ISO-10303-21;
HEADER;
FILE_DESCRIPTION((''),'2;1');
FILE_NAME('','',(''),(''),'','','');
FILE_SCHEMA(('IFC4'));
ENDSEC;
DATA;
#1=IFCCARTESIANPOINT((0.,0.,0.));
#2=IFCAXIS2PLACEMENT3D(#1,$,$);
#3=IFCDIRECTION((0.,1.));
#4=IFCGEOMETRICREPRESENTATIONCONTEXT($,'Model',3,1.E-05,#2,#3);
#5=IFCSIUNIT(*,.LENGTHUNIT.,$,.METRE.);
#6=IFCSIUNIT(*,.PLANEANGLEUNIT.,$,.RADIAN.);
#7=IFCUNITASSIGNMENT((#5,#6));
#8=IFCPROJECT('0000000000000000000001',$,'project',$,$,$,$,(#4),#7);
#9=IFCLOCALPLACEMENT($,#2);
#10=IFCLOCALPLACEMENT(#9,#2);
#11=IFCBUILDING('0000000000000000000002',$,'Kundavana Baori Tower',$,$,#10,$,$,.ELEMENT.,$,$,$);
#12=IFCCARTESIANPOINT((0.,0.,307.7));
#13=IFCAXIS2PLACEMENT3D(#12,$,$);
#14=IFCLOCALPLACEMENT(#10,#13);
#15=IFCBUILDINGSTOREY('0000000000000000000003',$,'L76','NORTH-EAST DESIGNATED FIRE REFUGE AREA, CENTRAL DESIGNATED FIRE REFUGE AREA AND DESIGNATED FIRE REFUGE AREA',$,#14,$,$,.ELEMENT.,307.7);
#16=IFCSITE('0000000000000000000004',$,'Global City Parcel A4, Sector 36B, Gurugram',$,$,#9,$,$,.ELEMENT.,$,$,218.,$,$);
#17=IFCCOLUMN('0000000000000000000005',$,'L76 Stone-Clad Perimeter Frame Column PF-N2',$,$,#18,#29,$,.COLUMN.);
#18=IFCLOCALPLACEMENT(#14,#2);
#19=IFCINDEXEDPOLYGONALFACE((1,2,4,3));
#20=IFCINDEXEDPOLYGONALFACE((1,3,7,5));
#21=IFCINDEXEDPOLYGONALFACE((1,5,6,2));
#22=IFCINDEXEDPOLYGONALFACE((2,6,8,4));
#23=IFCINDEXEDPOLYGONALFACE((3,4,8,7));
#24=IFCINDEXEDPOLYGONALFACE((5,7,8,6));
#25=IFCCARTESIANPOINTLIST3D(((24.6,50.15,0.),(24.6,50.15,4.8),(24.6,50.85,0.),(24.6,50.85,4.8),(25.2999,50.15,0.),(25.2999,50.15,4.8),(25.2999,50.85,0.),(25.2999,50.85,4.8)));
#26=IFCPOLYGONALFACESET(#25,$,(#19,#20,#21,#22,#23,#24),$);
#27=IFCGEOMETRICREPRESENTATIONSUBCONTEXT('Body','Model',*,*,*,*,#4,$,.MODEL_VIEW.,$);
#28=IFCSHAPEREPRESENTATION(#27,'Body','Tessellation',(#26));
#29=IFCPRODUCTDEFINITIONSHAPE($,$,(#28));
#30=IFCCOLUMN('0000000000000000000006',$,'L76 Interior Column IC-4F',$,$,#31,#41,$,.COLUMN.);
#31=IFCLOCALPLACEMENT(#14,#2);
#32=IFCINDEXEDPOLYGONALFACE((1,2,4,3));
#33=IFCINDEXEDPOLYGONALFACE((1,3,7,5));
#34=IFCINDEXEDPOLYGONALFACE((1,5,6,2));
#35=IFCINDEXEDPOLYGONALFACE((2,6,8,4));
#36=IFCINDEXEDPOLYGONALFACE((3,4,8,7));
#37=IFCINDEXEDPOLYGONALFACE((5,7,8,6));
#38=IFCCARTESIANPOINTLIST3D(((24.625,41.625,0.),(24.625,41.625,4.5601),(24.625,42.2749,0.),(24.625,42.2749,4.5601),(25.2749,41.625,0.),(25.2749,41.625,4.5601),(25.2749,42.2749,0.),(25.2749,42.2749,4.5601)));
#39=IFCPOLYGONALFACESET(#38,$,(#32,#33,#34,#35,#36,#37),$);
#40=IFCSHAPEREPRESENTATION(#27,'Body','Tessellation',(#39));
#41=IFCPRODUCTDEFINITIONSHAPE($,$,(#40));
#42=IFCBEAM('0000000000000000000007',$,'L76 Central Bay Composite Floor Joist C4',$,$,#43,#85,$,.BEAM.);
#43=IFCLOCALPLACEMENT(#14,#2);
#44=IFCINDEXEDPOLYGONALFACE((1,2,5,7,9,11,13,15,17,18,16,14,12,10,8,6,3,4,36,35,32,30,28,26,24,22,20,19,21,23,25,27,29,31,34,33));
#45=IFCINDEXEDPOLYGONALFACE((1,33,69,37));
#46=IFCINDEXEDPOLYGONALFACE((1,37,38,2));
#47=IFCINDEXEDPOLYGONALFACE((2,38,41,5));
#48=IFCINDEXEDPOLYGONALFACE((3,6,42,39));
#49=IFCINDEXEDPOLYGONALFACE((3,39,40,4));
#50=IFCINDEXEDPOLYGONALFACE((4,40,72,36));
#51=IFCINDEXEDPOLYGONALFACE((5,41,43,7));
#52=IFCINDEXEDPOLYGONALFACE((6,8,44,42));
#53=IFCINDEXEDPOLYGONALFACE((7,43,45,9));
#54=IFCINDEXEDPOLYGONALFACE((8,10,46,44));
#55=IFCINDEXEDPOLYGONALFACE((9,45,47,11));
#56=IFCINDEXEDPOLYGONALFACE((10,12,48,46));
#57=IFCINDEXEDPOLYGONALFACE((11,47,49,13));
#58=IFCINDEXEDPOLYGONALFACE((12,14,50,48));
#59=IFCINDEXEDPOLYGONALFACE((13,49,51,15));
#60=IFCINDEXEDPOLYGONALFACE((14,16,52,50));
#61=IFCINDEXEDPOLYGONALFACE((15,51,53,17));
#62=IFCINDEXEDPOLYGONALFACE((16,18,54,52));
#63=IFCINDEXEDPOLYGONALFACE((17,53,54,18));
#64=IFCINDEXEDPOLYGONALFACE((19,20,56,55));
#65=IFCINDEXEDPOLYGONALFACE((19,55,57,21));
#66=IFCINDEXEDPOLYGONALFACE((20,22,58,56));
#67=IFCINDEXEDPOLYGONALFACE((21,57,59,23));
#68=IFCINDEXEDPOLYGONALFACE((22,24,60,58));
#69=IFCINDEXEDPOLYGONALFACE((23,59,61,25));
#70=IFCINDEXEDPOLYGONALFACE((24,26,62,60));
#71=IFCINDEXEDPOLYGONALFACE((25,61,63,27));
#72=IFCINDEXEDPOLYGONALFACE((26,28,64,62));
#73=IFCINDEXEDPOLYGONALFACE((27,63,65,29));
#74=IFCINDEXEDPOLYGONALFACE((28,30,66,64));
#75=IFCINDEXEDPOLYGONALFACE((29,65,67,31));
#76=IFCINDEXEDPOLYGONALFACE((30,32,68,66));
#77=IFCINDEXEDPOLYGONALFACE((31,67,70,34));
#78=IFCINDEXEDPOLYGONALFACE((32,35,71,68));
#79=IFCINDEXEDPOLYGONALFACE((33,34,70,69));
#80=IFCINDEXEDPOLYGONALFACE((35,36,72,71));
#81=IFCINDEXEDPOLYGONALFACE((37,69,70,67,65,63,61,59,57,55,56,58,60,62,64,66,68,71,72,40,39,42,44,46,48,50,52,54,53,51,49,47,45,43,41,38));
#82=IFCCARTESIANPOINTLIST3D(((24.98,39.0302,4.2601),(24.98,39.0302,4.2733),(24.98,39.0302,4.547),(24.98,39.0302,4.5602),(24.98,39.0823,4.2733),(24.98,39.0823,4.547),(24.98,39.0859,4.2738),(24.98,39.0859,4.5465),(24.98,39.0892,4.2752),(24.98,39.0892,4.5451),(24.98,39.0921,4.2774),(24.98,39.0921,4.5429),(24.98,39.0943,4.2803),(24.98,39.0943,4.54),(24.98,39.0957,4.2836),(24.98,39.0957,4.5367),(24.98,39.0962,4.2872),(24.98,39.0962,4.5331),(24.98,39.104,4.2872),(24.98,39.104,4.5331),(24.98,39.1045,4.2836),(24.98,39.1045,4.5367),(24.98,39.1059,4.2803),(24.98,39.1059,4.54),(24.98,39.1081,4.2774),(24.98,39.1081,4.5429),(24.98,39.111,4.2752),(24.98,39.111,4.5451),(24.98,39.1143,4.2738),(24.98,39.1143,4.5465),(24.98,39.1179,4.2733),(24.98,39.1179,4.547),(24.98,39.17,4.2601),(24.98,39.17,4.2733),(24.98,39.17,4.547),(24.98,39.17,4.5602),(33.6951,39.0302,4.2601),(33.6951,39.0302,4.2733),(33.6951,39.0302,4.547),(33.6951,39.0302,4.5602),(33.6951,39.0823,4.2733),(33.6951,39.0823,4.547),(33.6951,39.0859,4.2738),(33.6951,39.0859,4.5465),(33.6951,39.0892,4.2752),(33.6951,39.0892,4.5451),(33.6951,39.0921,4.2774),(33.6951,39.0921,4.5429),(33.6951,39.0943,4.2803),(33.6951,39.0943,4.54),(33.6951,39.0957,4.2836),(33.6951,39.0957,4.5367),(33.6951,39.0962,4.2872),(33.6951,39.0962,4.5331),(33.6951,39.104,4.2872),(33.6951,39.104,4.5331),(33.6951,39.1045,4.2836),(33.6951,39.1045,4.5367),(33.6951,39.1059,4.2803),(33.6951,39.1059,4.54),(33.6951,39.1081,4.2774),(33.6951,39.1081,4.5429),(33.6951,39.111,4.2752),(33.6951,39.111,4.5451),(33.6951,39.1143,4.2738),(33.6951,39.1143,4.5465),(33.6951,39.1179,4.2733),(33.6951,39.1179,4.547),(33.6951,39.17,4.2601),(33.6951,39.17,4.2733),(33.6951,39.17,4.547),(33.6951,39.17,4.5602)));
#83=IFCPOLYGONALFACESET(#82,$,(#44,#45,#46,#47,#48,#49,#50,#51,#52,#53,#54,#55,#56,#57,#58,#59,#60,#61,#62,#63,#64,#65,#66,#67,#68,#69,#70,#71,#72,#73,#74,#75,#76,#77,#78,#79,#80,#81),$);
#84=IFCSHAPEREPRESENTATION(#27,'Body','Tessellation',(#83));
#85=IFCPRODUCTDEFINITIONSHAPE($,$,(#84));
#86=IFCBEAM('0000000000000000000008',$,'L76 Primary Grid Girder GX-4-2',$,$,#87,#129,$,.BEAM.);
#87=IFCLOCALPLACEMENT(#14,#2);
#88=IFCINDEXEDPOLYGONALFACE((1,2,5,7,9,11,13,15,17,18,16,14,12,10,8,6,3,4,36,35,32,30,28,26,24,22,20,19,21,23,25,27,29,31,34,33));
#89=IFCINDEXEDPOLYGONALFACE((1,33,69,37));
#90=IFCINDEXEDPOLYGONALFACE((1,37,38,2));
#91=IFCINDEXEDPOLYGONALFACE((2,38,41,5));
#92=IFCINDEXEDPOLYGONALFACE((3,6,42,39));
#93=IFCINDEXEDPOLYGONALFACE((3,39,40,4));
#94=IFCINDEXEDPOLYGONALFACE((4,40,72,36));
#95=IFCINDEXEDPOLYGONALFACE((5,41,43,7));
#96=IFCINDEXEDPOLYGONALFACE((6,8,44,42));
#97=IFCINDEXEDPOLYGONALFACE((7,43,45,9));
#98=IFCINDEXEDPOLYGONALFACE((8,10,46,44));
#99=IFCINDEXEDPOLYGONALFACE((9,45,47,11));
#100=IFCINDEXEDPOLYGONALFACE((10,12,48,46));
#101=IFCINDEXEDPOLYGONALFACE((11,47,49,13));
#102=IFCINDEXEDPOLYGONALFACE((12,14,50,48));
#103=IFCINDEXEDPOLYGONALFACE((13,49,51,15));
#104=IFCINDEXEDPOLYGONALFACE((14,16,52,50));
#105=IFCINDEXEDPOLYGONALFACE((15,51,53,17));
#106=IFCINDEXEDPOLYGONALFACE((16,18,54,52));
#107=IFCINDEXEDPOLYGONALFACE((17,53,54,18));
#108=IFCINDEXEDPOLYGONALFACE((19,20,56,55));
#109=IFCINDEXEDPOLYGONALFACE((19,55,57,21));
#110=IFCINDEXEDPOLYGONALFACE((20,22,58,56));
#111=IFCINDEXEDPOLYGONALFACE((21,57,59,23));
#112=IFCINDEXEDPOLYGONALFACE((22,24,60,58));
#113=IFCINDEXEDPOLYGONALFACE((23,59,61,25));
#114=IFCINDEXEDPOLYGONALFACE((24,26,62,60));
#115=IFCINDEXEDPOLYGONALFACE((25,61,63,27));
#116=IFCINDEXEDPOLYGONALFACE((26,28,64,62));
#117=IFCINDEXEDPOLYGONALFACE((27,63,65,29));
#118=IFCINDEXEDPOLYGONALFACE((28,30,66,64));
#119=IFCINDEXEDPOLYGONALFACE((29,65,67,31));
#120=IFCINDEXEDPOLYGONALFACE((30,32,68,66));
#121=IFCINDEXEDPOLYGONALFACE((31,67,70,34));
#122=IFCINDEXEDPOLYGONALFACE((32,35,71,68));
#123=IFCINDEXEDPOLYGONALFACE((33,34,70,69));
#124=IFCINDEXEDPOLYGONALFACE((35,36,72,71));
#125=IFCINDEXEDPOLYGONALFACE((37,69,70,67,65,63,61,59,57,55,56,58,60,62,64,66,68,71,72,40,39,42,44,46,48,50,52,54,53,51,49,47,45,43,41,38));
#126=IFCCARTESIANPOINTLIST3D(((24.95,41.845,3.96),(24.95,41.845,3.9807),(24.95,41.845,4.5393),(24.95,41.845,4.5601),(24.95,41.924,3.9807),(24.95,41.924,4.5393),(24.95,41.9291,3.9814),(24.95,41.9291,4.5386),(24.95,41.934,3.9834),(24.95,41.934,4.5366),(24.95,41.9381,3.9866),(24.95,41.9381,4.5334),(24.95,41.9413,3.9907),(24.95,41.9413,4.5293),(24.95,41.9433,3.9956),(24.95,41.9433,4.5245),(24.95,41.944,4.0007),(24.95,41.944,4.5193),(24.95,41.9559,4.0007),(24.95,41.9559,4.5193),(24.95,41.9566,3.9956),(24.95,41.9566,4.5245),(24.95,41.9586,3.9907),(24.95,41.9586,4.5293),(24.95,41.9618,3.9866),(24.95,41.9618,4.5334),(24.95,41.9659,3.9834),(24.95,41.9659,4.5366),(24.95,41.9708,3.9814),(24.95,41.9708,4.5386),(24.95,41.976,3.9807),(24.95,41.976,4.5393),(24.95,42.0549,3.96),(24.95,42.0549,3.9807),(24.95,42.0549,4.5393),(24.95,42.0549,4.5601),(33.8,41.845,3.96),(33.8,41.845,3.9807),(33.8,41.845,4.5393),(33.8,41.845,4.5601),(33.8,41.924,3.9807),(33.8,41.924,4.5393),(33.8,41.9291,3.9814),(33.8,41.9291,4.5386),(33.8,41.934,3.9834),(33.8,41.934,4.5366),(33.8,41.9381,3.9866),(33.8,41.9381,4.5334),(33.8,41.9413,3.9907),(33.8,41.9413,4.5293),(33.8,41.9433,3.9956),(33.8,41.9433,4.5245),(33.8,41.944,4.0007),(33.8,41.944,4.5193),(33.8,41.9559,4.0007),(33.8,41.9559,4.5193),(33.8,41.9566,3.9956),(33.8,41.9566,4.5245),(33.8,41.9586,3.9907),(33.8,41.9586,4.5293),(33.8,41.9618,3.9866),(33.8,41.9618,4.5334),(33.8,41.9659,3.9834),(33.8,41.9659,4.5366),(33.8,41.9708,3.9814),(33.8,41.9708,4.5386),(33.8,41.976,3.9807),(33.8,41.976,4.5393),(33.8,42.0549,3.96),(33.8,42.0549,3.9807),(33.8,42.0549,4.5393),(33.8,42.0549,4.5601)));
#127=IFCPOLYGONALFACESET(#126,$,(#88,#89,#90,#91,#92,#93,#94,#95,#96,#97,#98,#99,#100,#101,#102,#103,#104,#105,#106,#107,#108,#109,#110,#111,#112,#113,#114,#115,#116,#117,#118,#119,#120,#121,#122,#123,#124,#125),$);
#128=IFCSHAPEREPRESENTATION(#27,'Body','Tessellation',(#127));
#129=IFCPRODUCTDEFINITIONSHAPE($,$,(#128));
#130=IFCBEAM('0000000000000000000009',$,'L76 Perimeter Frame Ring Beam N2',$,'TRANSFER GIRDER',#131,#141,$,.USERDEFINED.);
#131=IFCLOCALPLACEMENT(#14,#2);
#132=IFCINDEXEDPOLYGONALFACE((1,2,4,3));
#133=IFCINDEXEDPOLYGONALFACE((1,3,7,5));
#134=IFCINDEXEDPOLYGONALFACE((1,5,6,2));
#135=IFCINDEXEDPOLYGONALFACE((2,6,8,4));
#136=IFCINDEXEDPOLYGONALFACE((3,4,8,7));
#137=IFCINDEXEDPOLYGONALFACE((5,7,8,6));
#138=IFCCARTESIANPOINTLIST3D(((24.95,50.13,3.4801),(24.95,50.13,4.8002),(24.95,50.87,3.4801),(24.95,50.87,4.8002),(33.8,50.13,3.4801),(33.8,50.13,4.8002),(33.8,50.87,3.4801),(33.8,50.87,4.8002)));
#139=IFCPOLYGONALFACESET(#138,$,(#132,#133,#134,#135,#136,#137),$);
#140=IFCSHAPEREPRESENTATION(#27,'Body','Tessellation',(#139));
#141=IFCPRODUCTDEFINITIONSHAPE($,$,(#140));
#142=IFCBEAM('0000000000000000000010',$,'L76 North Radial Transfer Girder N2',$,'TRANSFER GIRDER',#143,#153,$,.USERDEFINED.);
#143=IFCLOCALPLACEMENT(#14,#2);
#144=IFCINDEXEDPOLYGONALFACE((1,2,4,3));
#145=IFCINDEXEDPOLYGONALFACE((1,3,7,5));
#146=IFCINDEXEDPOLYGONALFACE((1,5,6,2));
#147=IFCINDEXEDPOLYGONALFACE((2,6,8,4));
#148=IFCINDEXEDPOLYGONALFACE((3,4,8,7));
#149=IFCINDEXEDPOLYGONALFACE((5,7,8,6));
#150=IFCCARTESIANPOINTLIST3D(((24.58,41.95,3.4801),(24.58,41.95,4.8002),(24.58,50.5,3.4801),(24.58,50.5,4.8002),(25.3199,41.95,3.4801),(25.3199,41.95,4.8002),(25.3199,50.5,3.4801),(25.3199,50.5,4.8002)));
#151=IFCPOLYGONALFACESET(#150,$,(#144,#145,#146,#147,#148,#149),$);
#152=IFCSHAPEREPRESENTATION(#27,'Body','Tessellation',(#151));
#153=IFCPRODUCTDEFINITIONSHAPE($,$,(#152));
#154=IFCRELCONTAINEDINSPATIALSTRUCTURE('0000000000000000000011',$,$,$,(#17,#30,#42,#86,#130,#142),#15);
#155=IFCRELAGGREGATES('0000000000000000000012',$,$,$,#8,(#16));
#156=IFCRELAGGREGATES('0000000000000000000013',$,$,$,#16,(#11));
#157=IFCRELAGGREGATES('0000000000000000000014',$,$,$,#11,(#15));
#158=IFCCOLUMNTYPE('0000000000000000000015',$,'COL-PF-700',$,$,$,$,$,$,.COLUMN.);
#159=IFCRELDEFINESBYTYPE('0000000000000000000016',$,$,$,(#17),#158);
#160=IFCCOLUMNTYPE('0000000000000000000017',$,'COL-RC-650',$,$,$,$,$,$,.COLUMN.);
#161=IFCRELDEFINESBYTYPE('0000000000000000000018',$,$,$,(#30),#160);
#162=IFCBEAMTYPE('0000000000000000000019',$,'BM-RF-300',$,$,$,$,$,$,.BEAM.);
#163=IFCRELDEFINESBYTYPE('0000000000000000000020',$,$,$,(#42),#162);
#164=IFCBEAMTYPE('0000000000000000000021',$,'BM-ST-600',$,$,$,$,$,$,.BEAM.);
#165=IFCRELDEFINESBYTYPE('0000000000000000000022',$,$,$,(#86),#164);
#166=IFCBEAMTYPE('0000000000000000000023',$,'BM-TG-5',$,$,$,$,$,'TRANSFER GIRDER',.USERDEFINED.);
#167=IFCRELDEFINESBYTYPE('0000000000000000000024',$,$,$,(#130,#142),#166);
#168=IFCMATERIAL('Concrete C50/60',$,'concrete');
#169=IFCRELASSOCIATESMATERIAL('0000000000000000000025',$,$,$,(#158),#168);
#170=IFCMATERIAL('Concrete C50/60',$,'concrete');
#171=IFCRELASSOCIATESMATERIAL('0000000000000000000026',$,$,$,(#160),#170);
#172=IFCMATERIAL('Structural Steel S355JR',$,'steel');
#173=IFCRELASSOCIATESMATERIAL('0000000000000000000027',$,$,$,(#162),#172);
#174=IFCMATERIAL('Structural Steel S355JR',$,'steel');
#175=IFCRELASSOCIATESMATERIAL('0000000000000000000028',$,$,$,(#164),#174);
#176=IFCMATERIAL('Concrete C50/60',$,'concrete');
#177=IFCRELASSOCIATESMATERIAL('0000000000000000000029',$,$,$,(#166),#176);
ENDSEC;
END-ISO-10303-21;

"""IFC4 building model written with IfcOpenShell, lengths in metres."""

from ifc_helpers import new_model, si_unit, direction, frame, origin, origin_2d, place, context, subcontext, project, spatial, rectangle, i_section, extrude, material, material_profile, profile_set, type_object, element, save


model = new_model("IFC4")

# Units and contexts
model_context = context("Model", 3, precision=1e-05, world=origin(), true_north=direction((0.0, 1.0)))
body_context = subcontext(model_context, "Body", "Model", "MODEL_VIEW")
ifc_project = project(units=[si_unit("LENGTHUNIT", "METRE"), si_unit("PLANEANGLEUNIT", "RADIAN")], contexts=[model_context])

# Site, building, storey
site_placement = place(None, origin())
site = spatial("IfcSite", under=ifc_project, at=site_placement, Name="Global City Parcel A4, Sector 36B, Gurugram", CompositionType="ELEMENT", RefElevation=218.0)
building_placement = place(site_placement, origin())
building = spatial("IfcBuilding", under=site, at=building_placement, Name="Kundavana Baori Tower", CompositionType="ELEMENT")
storey_placement = place(building_placement, frame((0.0, 0.0, 307.7)))
storey = spatial("IfcBuildingStorey", under=building, at=storey_placement, Name="L76", Description="NORTH-EAST DESIGNATED FIRE REFUGE AREA, CENTRAL DESIGNATED FIRE REFUGE AREA AND DESIGNATED FIRE REFUGE AREA", CompositionType="ELEMENT", Elevation=307.7)

# Columns
ifc_material_1 = material(Name="Concrete C50/60", Category="concrete")
ifc_material_profile_1 = material_profile(ifc_material_1, rectangle(XDim=0.7, YDim=0.7, at=origin_2d()), Name="RC PF 700x700")
ifc_profile_set_1 = profile_set([ifc_material_profile_1], Name="Concrete C50/60")
column_type_1 = type_object("IfcColumnType", Name="COL-PF-700", PredefinedType="COLUMN", material=ifc_profile_set_1)
column_1_placement = place(storey_placement, frame((24.95, 50.5, 0.0), z_axis=(0.0, 0.0, 1.0), x_axis=(1.0, 0.0, 0.0)))
element("IfcColumn", 1, at=column_1_placement, inside=storey, type_object=column_type_1, Name="L76 Stone-Clad Perimeter Frame Column PF-N2", PredefinedType="COLUMN", context=body_context, shape_type="SweptSolid", body=[
    extrude(rectangle(XDim=0.7, YDim=0.7, at=origin_2d()), origin(), (0.0, 0.0, 1.0), 4.8),
])
ifc_material_2 = material(Name="Concrete C50/60", Category="concrete")
ifc_material_profile_2 = material_profile(ifc_material_2, rectangle(XDim=0.6499, YDim=0.6499, at=origin_2d()), Name="RC 650x650")
ifc_profile_set_2 = profile_set([ifc_material_profile_2], Name="Concrete C50/60")
column_type_2 = type_object("IfcColumnType", Name="COL-RC-650", PredefinedType="COLUMN", material=ifc_profile_set_2)
column_2_placement = place(storey_placement, frame((24.95, 41.95, 0.0), z_axis=(0.0, 0.0, 1.0), x_axis=(1.0, 0.0, 0.0)))
element("IfcColumn", 2, at=column_2_placement, inside=storey, type_object=column_type_2, Name="L76 Interior Column IC-4F", PredefinedType="COLUMN", context=body_context, shape_type="SweptSolid", body=[
    extrude(rectangle(XDim=0.6499, YDim=0.6499, at=origin_2d()), origin(), (0.0, 0.0, 1.0), 4.5601),
])

# Beams
ifc_material_3 = material(Name="Structural Steel S355JR", Category="steel")
ifc_material_profile_3 = material_profile(ifc_material_3, i_section(OverallWidth=0.1399, OverallDepth=0.3, WebThickness=0.0078, FlangeThickness=0.0132, FilletRadius=0.0139, at=origin_2d()), Name="ISMB 300")
ifc_profile_set_3 = profile_set([ifc_material_profile_3], Name="Structural Steel S355JR")
beam_type_1 = type_object("IfcBeamType", Name="BM-RF-300", PredefinedType="BEAM", material=ifc_profile_set_3)
beam_1_placement = place(storey_placement, frame((24.98, 39.1001, 4.4102), z_axis=(1.0, 0.0, 0.0), x_axis=(0.0, 1.0, 0.0)))
element("IfcBeam", 3, at=beam_1_placement, inside=storey, type_object=beam_type_1, Name="L76 Central Bay Composite Floor Joist C4", PredefinedType="BEAM", context=body_context, shape_type="SweptSolid", body=[
    extrude(i_section(OverallWidth=0.1399, OverallDepth=0.3, WebThickness=0.0078, FlangeThickness=0.0132, FilletRadius=0.0139, at=origin_2d()), origin(), (0.0, 0.0, 1.0), 8.7151),
])
ifc_material_4 = material(Name="Structural Steel S355JR", Category="steel")
ifc_material_profile_4 = material_profile(ifc_material_4, i_section(OverallWidth=0.21, OverallDepth=0.6001, WebThickness=0.012, FlangeThickness=0.0208, FilletRadius=0.02, at=origin_2d()), Name="ISMB 600")
ifc_profile_set_4 = profile_set([ifc_material_profile_4], Name="Structural Steel S355JR")
beam_type_2 = type_object("IfcBeamType", Name="BM-ST-600", PredefinedType="BEAM", material=ifc_profile_set_4)
beam_2_placement = place(storey_placement, frame((24.95, 41.95, 4.26), z_axis=(1.0, 0.0, 0.0), x_axis=(0.0, 1.0, 0.0)))
element("IfcBeam", 4, at=beam_2_placement, inside=storey, type_object=beam_type_2, Name="L76 Primary Grid Girder GX-4-2", PredefinedType="BEAM", context=body_context, shape_type="SweptSolid", body=[
    extrude(i_section(OverallWidth=0.21, OverallDepth=0.6001, WebThickness=0.012, FlangeThickness=0.0208, FilletRadius=0.02, at=origin_2d()), origin(), (0.0, 0.0, 1.0), 8.8501),
])
ifc_material_5 = material(Name="Concrete C50/60", Category="concrete")
ifc_material_profile_5 = material_profile(ifc_material_5, rectangle(XDim=0.74, YDim=1.3201, at=origin_2d()), Name="BM-TG-5")
ifc_profile_set_5 = profile_set([ifc_material_profile_5], Name="Concrete C50/60")
beam_type_3 = type_object("IfcBeamType", Name="BM-TG-5", ElementType="TRANSFER GIRDER", PredefinedType="USERDEFINED", material=ifc_profile_set_5)
beam_3_placement = place(storey_placement, frame((24.95, 50.5, 4.1401), z_axis=(1.0, 0.0, 0.0), x_axis=(0.0, 1.0, 0.0)))
element("IfcBeam", 5, at=beam_3_placement, inside=storey, type_object=beam_type_3, Name="L76 Perimeter Frame Ring Beam N2", ObjectType="TRANSFER GIRDER", PredefinedType="USERDEFINED", context=body_context, shape_type="SweptSolid", body=[
    extrude(rectangle(XDim=0.74, YDim=1.3201, at=origin_2d()), origin(), (0.0, 0.0, 1.0), 8.8501),
])
beam_4_placement = place(storey_placement, frame((24.95, 41.95, 4.1401), z_axis=(0.0, 1.0, 0.0), x_axis=(-1.0, 0.0, 0.0)))
element("IfcBeam", 6, at=beam_4_placement, inside=storey, type_object=beam_type_3, Name="L76 North Radial Transfer Girder N2", ObjectType="TRANSFER GIRDER", PredefinedType="USERDEFINED", context=body_context, shape_type="SweptSolid", body=[
    extrude(rectangle(XDim=0.74, YDim=1.3201, at=origin_2d()), origin(), (0.0, 0.0, 1.0), 8.55),
])

save(model, "model.ifc")
